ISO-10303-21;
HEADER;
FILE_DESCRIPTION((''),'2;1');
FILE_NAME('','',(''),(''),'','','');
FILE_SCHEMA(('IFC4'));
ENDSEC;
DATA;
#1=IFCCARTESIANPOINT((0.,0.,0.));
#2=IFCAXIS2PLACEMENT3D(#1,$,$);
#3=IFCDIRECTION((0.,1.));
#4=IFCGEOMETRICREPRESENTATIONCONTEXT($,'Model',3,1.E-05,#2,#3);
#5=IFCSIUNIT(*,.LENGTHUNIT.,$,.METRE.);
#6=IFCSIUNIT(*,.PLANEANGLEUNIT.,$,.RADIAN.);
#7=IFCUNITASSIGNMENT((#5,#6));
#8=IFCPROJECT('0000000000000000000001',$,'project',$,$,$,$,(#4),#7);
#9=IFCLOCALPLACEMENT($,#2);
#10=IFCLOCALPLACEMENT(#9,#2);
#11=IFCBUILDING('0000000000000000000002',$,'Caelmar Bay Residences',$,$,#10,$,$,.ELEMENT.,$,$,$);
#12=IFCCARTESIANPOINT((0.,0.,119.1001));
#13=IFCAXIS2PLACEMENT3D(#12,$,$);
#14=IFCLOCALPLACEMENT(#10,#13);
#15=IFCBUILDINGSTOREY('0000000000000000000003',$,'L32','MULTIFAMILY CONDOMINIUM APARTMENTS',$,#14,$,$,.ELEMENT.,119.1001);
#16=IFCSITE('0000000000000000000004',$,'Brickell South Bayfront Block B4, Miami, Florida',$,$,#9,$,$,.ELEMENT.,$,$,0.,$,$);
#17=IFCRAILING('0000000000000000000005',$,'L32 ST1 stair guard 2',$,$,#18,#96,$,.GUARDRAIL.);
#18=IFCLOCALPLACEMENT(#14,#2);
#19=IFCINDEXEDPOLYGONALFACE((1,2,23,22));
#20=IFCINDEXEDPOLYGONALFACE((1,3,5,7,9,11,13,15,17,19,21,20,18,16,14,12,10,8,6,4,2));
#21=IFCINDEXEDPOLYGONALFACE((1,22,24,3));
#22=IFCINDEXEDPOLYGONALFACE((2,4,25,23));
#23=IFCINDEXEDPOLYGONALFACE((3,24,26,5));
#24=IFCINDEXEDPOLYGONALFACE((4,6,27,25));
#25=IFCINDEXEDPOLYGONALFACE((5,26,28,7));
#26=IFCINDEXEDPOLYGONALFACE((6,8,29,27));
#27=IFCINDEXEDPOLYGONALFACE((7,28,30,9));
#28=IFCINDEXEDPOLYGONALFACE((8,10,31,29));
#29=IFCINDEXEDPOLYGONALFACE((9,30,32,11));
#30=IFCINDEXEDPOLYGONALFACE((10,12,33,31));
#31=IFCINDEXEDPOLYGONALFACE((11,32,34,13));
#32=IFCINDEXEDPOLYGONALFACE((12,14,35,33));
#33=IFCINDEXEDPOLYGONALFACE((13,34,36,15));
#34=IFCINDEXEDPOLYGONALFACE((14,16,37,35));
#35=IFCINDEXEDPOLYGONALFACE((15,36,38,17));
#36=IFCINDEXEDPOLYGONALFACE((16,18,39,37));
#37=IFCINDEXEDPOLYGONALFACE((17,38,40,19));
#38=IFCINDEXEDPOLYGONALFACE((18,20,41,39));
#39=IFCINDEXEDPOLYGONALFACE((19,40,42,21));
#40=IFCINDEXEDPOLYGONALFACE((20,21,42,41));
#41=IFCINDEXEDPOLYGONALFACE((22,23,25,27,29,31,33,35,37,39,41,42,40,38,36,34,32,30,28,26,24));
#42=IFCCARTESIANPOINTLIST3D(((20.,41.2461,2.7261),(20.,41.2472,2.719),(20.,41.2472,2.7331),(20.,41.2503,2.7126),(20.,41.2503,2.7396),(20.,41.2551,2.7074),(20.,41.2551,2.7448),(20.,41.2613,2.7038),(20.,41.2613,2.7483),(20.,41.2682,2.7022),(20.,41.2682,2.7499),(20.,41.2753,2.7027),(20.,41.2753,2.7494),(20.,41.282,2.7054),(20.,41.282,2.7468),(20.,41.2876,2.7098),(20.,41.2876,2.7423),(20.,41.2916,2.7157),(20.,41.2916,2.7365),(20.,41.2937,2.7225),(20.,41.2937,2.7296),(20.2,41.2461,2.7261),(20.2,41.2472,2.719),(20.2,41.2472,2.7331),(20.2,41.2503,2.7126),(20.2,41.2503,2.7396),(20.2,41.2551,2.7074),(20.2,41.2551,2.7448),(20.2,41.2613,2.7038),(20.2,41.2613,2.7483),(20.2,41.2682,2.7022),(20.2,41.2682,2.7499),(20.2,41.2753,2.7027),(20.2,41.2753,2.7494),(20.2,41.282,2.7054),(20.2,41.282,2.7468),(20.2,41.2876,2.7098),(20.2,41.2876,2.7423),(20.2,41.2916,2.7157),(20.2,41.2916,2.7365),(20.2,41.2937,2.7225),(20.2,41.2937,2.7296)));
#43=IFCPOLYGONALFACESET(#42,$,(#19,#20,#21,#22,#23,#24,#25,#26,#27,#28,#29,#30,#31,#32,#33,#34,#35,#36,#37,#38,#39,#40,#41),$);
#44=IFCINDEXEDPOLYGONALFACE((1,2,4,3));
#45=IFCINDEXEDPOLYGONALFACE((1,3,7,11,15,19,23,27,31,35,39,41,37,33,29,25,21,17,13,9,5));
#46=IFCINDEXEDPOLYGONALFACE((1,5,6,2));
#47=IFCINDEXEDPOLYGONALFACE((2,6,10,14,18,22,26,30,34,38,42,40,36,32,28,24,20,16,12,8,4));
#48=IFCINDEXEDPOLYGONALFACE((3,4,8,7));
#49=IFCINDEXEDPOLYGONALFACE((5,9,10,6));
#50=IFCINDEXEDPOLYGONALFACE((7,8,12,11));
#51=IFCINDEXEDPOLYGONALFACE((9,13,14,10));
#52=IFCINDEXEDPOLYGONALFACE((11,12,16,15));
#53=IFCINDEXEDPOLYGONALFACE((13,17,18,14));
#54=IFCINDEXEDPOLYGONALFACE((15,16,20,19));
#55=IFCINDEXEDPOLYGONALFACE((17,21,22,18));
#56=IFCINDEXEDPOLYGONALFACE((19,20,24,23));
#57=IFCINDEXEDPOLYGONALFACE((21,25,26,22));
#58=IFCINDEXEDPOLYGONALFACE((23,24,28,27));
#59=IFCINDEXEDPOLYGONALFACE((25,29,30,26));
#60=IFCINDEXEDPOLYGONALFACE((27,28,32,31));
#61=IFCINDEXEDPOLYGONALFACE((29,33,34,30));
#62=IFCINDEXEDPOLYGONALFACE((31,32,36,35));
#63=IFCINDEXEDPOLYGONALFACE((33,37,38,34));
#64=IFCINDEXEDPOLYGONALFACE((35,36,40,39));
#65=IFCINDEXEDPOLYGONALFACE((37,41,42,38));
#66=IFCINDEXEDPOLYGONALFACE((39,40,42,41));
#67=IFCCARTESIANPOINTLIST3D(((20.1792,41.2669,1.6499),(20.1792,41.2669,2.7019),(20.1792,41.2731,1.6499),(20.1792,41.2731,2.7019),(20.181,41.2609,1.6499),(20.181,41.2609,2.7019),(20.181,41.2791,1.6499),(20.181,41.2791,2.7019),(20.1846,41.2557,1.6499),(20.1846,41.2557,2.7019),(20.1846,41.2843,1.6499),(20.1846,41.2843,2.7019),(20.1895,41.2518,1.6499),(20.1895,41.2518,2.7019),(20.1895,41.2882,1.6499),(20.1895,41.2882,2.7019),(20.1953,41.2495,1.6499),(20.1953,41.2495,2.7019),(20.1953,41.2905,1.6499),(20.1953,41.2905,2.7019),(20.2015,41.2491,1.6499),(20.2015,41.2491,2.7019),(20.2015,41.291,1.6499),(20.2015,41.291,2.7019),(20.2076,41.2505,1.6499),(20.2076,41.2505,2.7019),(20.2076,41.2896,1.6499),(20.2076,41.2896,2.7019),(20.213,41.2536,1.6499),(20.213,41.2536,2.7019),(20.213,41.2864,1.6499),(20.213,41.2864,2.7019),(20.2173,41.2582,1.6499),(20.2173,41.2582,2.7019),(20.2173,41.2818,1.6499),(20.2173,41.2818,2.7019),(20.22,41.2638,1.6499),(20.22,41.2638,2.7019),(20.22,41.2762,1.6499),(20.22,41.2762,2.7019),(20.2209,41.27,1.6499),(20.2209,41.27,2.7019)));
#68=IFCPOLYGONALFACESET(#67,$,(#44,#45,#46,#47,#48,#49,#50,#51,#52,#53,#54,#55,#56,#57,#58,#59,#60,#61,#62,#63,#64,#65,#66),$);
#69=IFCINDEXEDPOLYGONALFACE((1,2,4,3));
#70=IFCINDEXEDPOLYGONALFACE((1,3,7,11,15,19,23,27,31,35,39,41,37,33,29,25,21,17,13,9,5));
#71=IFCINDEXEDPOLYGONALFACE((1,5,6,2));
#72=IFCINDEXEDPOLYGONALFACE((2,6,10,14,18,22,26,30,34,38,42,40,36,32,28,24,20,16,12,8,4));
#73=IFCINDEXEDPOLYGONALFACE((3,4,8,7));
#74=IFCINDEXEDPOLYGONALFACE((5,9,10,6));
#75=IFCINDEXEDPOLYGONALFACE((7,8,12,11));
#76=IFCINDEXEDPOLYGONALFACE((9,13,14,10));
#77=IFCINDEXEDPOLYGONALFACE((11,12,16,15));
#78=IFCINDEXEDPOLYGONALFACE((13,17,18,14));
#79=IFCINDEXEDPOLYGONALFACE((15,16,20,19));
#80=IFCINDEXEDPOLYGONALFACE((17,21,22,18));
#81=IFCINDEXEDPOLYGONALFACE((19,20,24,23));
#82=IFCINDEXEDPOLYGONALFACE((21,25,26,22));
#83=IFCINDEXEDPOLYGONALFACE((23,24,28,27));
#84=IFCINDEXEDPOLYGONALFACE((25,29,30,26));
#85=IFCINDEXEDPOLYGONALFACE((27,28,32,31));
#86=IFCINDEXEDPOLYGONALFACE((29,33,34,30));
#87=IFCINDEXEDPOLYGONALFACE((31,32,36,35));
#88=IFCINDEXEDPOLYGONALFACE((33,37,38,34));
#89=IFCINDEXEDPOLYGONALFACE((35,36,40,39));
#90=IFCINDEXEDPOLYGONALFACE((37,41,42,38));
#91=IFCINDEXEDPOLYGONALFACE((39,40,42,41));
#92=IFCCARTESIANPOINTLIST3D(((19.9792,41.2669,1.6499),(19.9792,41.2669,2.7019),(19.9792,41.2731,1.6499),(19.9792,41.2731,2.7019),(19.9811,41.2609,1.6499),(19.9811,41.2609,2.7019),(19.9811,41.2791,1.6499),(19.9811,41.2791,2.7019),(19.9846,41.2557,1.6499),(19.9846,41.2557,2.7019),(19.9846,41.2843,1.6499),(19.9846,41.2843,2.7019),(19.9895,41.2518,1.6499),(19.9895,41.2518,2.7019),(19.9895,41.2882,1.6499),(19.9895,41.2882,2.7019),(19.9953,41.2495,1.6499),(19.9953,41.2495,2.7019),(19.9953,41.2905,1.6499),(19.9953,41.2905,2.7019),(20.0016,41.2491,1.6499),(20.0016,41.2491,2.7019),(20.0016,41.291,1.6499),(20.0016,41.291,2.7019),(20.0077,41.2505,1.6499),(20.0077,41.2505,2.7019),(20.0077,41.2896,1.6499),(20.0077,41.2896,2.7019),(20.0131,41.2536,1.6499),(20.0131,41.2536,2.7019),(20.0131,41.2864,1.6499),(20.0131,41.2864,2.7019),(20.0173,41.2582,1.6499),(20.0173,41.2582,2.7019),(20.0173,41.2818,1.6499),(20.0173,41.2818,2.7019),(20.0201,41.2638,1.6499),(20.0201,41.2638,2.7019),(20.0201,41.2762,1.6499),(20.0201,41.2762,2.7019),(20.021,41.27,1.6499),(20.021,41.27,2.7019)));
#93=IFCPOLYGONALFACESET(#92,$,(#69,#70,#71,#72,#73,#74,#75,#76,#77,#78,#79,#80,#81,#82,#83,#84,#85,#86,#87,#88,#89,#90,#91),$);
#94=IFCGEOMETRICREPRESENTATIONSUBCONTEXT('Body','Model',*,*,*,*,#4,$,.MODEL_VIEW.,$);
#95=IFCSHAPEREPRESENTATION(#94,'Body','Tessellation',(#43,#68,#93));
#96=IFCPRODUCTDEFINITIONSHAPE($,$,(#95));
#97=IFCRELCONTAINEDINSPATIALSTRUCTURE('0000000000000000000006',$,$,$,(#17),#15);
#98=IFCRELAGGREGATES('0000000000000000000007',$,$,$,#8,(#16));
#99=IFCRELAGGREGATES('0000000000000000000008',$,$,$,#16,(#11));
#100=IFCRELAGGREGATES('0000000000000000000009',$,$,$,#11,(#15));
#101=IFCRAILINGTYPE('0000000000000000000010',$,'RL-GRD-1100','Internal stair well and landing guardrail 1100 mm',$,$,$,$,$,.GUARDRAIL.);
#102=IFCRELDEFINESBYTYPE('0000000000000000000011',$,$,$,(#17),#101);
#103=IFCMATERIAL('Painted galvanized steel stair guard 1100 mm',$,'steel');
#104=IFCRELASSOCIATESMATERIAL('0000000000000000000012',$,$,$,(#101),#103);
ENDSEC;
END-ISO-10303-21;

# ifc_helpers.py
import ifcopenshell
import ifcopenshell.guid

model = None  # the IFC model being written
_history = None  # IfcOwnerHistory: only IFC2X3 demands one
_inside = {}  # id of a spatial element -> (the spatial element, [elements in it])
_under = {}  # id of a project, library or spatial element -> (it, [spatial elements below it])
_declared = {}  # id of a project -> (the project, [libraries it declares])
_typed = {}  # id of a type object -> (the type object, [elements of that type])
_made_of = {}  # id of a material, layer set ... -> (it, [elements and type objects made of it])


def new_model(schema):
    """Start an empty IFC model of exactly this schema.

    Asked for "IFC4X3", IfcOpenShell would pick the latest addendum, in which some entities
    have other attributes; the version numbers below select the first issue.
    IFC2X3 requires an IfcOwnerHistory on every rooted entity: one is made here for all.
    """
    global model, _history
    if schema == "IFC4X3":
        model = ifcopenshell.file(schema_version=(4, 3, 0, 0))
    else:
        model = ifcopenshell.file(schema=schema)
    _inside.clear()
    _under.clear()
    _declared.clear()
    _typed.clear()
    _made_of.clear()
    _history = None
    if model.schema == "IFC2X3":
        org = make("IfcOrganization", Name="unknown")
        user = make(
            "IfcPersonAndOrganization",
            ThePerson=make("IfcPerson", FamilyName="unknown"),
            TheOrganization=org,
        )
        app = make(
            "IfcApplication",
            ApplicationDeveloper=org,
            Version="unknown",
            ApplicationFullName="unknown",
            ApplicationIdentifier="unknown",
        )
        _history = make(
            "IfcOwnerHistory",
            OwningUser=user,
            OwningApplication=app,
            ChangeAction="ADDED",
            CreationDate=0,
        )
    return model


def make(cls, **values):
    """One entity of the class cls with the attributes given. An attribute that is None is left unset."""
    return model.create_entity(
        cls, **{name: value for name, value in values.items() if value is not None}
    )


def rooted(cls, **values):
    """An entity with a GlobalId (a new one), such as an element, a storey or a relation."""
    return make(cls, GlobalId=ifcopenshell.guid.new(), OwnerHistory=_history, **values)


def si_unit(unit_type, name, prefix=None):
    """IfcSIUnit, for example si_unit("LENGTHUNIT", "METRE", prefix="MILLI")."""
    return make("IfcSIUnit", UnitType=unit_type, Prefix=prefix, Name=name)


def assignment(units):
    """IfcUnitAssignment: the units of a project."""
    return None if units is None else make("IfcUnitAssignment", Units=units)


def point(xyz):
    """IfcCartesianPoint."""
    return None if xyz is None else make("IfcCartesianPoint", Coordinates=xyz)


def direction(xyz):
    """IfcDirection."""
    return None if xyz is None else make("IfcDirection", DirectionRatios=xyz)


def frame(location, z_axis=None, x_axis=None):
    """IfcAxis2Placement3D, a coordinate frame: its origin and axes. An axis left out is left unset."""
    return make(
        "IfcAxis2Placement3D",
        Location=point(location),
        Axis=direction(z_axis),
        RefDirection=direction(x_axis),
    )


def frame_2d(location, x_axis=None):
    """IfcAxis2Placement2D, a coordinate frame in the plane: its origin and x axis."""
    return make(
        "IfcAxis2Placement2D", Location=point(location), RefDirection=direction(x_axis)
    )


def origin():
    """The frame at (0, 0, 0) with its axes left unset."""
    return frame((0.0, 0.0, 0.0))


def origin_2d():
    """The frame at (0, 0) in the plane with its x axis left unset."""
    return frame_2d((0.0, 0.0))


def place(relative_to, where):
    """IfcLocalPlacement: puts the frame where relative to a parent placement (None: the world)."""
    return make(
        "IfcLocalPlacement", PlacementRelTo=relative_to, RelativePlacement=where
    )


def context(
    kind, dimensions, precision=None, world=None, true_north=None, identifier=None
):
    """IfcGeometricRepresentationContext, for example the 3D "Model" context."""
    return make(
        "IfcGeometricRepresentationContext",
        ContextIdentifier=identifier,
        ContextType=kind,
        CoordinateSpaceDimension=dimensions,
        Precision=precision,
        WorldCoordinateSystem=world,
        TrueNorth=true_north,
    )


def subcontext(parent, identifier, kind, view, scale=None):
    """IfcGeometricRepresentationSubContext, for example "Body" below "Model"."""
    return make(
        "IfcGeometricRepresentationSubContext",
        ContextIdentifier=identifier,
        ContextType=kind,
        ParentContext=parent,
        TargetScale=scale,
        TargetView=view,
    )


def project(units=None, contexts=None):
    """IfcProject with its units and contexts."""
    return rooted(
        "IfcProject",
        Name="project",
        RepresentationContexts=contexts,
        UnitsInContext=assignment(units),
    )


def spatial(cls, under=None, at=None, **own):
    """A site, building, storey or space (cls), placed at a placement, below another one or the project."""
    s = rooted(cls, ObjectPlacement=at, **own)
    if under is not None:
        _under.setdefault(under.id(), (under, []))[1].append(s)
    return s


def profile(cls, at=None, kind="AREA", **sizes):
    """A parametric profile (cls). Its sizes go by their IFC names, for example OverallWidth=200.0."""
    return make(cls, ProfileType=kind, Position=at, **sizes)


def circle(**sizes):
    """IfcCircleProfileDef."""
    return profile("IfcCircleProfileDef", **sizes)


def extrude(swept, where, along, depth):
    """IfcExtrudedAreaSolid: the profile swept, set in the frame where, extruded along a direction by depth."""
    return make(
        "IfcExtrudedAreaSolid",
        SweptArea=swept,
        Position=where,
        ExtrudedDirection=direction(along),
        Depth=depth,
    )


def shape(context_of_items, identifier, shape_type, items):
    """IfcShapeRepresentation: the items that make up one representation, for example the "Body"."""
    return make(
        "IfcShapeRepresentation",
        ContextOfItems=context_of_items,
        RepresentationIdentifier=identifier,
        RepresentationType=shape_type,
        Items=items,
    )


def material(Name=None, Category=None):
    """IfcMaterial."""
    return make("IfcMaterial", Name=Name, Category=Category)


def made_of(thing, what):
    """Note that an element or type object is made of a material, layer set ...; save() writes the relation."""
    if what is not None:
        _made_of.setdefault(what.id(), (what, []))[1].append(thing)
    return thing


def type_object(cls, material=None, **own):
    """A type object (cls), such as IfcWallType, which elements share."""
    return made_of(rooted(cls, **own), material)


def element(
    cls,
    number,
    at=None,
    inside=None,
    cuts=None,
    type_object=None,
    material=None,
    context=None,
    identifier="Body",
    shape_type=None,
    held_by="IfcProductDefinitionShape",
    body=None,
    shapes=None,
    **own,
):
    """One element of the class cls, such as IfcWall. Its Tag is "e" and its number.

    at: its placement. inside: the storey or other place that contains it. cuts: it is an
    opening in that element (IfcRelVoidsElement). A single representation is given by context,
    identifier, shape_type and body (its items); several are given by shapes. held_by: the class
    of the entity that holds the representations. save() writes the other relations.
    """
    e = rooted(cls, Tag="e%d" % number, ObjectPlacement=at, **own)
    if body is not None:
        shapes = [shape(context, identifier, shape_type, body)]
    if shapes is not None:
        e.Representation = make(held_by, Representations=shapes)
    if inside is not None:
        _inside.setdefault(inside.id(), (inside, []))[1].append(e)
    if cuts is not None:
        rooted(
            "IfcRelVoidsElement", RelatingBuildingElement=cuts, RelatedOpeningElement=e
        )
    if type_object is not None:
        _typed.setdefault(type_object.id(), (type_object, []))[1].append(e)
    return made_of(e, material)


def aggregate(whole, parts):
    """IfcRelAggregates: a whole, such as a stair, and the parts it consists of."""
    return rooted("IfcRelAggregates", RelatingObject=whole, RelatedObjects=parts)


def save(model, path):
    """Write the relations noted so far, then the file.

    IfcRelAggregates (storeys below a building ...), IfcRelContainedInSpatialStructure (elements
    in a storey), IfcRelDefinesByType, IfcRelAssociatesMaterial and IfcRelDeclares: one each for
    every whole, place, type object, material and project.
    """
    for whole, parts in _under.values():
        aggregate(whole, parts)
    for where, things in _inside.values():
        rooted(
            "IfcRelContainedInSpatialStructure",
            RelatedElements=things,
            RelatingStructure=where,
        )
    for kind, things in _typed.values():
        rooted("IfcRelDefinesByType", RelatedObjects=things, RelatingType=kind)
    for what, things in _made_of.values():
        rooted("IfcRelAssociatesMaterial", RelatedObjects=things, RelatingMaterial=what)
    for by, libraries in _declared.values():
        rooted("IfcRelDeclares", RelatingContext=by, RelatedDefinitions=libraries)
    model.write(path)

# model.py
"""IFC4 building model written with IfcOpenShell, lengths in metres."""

from ifc_helpers import new_model, si_unit, direction, frame, origin, origin_2d, place, context, subcontext, project, spatial, circle, extrude, material, type_object, element, save


model = new_model("IFC4")

# Units and contexts
model_context = context("Model", 3, precision=1e-05, world=origin(), true_north=direction((0.0, 1.0)))
body_context = subcontext(model_context, "Body", "Model", "MODEL_VIEW")
ifc_project = project(units=[si_unit("LENGTHUNIT", "METRE"), si_unit("PLANEANGLEUNIT", "RADIAN")], contexts=[model_context])

# Site, building, storey
site_placement = place(None, origin())
site = spatial("IfcSite", under=ifc_project, at=site_placement, Name="Brickell South Bayfront Block B4, Miami, Florida", CompositionType="ELEMENT", RefElevation=0.0)
building_placement = place(site_placement, origin())
building = spatial("IfcBuilding", under=site, at=building_placement, Name="Caelmar Bay Residences", CompositionType="ELEMENT")
storey_placement = place(building_placement, frame((0.0, 0.0, 119.1001)))
storey = spatial("IfcBuildingStorey", under=building, at=storey_placement, Name="L32", Description="MULTIFAMILY CONDOMINIUM APARTMENTS", CompositionType="ELEMENT", Elevation=119.1001)

# Railing
ifc_material_1 = material(Name="Painted galvanized steel stair guard 1100 mm", Category="steel")
railing_type_1 = type_object("IfcRailingType", Name="RL-GRD-1100", Description="Internal stair well and landing guardrail 1100 mm", PredefinedType="GUARDRAIL", material=ifc_material_1)
railing_1_placement = place(storey_placement, frame((20.2, 41.27, 1.6499)))
element("IfcRailing", 1, at=railing_1_placement, inside=storey, type_object=railing_type_1, Name="L32 ST1 stair guard 2", PredefinedType="GUARDRAIL", context=body_context, shape_type="SweptSolid", body=[
    extrude(circle(Radius=0.0239, at=origin_2d()), frame((0.0, 0.0, 1.0762), z_axis=(-1.0, 0.0, 0.0), x_axis=(0.0, -1.0, 0.0)), (0.0, 0.0, 1.0), 0.2),
    extrude(circle(Radius=0.021, at=origin_2d()), origin(), (0.0, 0.0, 1.0), 1.052),
    extrude(circle(Radius=0.021, at=origin_2d()), frame((-0.2, 0.0, 0.0)), (0.0, 0.0, 1.0), 1.052),
])

save(model, "model.ifc")
